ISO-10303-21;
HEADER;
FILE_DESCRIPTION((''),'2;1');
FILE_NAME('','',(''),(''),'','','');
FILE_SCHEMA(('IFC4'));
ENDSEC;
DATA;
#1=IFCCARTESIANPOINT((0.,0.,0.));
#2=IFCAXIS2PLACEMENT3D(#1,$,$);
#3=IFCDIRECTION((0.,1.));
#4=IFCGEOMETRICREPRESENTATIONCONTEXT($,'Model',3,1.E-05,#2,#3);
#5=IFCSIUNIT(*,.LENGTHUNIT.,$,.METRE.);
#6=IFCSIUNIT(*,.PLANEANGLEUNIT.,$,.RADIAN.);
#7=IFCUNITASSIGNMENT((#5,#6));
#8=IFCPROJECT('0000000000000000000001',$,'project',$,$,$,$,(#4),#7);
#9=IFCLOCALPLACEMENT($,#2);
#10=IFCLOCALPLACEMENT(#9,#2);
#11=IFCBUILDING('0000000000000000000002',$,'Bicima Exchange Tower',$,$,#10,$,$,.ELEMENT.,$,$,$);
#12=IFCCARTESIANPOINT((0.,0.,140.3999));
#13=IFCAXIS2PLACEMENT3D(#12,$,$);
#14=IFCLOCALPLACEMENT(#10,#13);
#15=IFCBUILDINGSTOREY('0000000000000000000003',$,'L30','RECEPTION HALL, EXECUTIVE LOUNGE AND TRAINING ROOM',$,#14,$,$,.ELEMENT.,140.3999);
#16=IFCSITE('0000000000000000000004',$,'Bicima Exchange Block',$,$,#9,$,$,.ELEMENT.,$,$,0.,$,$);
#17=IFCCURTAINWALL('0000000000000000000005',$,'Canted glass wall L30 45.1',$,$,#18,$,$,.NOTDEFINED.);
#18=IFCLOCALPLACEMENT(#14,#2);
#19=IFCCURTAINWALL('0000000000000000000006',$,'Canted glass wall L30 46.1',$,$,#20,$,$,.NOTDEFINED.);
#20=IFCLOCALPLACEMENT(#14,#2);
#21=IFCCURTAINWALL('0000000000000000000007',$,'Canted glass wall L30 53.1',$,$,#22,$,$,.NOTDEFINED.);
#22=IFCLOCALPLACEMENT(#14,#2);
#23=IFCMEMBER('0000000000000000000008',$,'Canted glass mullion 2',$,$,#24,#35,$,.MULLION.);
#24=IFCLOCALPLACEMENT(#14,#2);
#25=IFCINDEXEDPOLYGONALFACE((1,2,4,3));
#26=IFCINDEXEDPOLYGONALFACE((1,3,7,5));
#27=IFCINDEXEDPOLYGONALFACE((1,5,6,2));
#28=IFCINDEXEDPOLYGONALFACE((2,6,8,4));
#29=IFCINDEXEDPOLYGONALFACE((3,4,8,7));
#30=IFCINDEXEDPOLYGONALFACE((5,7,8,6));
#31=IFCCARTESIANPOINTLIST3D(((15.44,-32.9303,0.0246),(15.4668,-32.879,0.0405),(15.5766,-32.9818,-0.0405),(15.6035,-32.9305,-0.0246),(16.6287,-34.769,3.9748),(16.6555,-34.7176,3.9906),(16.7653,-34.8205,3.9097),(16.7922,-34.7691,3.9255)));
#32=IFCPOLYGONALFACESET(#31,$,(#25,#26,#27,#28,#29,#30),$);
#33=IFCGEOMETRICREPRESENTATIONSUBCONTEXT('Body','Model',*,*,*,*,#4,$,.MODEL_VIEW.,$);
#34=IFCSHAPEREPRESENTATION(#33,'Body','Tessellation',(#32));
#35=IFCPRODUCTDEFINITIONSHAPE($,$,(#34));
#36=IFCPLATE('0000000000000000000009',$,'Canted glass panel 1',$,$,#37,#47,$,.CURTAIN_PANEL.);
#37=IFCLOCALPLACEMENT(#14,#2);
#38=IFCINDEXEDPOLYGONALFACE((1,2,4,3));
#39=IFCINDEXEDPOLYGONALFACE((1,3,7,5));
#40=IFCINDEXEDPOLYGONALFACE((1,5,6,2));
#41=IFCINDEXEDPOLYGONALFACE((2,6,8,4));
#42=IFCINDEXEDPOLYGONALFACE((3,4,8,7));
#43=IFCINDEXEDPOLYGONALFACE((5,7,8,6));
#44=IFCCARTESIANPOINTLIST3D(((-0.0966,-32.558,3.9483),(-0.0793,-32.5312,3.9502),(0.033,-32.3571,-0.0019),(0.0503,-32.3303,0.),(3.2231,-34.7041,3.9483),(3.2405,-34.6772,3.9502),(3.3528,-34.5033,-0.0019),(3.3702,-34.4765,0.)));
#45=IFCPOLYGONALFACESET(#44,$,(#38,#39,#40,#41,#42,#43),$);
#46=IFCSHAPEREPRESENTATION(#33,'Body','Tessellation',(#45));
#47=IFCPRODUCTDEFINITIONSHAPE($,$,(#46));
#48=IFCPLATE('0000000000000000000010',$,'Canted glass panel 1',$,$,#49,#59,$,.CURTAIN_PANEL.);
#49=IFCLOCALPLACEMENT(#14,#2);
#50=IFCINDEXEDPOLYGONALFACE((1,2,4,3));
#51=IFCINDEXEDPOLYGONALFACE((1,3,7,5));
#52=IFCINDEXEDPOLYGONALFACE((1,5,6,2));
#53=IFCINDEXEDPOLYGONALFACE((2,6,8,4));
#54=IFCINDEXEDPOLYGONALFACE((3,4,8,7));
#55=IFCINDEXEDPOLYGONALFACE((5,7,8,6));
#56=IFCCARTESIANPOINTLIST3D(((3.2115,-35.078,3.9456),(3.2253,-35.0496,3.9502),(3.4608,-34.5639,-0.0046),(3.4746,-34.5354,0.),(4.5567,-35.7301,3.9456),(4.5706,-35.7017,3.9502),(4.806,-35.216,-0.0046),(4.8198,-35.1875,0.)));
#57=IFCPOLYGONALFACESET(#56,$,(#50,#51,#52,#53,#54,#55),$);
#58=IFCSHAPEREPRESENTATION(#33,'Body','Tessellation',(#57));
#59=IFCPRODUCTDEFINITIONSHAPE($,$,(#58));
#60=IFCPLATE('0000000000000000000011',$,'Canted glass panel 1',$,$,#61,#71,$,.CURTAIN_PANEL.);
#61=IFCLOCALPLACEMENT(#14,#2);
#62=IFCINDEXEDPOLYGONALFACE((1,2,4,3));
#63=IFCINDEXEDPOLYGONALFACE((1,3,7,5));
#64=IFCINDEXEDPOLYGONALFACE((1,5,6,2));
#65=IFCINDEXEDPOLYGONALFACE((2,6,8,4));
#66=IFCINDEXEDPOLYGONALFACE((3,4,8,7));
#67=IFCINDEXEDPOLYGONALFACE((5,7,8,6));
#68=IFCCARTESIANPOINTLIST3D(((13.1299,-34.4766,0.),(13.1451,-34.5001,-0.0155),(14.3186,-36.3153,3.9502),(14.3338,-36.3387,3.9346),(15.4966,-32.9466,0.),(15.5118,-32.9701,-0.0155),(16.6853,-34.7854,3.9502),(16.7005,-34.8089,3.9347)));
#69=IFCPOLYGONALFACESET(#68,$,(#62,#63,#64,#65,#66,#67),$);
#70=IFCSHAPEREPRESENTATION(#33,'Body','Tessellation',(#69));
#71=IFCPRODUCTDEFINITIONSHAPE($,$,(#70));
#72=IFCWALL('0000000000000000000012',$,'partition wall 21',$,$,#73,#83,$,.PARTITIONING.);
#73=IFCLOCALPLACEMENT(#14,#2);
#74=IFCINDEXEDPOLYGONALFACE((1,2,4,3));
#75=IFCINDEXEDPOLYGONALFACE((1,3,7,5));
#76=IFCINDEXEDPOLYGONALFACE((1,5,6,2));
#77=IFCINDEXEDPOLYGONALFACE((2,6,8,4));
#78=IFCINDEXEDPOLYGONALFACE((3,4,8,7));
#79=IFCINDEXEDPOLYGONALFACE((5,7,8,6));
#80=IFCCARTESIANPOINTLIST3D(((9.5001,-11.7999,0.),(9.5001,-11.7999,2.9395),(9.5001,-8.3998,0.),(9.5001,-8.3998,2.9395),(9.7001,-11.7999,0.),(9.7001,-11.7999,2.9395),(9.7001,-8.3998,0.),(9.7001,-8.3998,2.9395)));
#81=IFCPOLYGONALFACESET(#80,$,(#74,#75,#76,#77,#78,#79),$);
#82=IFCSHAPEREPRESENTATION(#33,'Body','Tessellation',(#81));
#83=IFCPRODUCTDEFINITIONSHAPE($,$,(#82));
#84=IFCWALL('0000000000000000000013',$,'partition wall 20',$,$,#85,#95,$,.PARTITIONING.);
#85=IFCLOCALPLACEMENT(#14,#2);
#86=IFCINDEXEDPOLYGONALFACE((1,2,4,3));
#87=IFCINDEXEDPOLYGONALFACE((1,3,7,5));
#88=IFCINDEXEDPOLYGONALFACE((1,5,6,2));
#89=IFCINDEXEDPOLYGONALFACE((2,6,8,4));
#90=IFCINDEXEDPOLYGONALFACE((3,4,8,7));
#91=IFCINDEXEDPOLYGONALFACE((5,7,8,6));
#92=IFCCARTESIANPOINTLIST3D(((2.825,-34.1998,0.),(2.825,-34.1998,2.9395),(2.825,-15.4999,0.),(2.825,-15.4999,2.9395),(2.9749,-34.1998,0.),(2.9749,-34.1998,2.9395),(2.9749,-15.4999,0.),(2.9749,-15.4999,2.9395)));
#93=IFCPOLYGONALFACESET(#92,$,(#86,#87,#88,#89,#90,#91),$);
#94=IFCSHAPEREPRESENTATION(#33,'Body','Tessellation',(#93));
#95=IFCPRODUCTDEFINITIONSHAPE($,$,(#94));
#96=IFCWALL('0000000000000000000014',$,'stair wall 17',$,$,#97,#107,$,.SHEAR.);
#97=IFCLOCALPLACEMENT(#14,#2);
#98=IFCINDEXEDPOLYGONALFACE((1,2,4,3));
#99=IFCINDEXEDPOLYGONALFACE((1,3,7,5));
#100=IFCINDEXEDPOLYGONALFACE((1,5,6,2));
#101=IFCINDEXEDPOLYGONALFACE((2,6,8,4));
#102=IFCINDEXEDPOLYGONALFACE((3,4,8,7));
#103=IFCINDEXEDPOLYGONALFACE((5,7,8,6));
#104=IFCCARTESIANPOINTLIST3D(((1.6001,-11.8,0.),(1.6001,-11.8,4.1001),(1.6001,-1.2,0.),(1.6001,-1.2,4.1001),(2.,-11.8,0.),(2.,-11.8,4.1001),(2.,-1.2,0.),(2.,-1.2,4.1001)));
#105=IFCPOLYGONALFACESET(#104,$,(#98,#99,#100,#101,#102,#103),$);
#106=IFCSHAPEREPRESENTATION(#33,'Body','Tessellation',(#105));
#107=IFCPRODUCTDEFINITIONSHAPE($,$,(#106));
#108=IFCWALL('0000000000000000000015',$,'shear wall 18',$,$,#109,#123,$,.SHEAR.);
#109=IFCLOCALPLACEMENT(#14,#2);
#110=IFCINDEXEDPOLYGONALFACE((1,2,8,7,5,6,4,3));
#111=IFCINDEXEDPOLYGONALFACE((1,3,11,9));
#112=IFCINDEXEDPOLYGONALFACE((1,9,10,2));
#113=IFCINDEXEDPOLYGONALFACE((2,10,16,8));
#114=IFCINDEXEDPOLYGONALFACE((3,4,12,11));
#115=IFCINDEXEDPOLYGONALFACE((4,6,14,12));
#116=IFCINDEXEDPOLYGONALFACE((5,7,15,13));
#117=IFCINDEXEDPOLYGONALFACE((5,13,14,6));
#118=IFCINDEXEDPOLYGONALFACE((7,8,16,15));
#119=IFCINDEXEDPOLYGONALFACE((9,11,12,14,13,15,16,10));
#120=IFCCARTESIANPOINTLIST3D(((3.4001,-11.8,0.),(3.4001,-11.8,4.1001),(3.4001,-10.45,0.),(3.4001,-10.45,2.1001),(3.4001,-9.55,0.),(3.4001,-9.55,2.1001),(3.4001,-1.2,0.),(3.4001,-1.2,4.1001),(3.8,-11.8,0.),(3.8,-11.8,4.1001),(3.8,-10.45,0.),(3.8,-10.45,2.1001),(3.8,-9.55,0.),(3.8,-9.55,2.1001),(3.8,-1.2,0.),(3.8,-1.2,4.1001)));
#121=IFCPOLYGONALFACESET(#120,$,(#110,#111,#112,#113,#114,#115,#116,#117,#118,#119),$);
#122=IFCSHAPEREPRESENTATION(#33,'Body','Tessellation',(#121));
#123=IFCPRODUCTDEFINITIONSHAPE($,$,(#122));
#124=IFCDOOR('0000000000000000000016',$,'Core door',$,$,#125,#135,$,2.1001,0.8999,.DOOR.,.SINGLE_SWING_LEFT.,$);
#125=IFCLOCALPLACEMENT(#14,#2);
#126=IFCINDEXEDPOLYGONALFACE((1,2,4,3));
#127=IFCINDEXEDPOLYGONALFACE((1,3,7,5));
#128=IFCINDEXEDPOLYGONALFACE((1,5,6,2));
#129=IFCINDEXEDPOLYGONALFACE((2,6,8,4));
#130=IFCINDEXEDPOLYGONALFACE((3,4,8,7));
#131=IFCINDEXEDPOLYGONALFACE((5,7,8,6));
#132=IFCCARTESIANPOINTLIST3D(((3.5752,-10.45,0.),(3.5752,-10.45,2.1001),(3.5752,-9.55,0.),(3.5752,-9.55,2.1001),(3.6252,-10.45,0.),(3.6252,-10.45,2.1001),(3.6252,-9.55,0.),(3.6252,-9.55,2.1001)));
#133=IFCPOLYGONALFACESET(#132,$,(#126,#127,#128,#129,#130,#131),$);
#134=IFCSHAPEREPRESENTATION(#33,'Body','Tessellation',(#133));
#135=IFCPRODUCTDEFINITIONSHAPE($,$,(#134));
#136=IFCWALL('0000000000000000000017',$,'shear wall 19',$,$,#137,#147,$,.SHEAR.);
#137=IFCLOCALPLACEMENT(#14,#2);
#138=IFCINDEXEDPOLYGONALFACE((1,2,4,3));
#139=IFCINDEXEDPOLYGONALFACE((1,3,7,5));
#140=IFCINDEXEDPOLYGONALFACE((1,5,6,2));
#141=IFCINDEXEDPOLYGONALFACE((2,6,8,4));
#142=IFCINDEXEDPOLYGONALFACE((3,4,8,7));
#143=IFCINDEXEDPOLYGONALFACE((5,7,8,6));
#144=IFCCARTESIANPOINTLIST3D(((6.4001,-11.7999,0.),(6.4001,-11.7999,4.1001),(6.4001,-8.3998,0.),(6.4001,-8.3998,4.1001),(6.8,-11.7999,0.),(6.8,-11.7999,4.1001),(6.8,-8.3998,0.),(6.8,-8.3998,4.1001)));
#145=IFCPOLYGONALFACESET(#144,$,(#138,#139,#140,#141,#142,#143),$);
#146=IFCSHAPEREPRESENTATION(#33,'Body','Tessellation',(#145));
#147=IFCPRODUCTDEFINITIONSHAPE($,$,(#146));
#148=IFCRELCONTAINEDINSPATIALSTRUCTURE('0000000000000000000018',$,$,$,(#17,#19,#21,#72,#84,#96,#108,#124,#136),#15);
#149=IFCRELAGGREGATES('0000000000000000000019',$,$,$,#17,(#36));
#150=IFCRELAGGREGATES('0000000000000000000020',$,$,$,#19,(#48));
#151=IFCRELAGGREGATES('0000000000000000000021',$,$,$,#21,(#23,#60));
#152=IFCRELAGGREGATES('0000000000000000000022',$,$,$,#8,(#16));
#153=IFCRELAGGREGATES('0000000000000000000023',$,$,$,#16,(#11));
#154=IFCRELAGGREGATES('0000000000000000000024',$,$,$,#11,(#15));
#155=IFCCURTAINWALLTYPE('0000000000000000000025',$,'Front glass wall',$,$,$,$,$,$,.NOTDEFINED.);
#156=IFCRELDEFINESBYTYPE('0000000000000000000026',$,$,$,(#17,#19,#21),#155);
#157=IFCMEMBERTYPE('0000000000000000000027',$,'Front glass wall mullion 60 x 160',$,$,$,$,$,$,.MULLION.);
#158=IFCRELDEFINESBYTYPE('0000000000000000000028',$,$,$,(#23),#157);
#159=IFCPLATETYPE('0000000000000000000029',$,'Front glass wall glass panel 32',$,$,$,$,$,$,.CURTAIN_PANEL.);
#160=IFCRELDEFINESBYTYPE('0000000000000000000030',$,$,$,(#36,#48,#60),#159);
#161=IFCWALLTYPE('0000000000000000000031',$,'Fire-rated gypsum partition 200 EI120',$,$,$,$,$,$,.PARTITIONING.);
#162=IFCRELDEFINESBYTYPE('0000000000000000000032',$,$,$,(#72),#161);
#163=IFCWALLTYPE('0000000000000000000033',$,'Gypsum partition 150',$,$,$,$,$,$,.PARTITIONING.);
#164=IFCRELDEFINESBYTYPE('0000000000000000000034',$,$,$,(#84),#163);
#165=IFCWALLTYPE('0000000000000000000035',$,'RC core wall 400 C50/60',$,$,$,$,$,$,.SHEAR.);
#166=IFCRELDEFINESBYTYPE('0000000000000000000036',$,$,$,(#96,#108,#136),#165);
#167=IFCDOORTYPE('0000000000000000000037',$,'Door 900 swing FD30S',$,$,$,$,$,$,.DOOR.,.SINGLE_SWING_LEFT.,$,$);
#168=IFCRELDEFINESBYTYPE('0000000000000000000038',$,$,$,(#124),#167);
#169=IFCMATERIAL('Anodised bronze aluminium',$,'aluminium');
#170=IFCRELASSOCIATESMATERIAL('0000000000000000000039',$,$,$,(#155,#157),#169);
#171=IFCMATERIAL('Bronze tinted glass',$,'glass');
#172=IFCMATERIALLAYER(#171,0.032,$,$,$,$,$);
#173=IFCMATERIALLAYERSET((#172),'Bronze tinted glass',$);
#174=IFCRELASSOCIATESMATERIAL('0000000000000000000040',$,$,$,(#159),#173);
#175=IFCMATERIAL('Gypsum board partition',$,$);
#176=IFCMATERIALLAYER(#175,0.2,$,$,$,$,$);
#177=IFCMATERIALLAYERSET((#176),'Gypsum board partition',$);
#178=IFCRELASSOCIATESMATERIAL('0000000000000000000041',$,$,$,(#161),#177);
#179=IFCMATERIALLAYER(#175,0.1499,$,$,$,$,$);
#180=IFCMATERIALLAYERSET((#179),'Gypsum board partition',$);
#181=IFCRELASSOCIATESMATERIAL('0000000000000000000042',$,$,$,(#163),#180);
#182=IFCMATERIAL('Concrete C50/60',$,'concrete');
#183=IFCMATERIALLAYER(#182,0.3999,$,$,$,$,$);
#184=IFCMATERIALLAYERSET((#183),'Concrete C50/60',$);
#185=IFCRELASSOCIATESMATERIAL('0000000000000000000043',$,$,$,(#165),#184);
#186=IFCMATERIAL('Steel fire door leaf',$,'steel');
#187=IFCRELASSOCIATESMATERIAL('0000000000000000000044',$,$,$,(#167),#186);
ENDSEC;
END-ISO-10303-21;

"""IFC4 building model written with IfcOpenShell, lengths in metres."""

from ifc_helpers import new_model, si_unit, direction, frame, frame_2d, origin, origin_2d, place, context, subcontext, project, spatial, polyline, rectangle, outline, extrude, material, layer, layer_set, material_profile, profile_set, type_object, element, fill, aggregate, save


model = new_model("IFC4")

# Units and contexts
model_context = context("Model", 3, precision=1e-05, world=origin(), true_north=direction((0.0, 1.0)))
body_context = subcontext(model_context, "Body", "Model", "MODEL_VIEW")
ifc_project = project(units=[si_unit("LENGTHUNIT", "METRE"), si_unit("PLANEANGLEUNIT", "RADIAN")], contexts=[model_context])

# Site, building, storey
site_placement = place(None, origin())
site = spatial("IfcSite", under=ifc_project, at=site_placement, Name="Bicima Exchange Block", CompositionType="ELEMENT", RefElevation=0.0)
building_placement = place(site_placement, origin())
building = spatial("IfcBuilding", under=site, at=building_placement, Name="Bicima Exchange Tower", CompositionType="ELEMENT")
storey_placement = place(building_placement, frame((0.0, 0.0, 140.3999)))
storey = spatial("IfcBuildingStorey", under=building, at=storey_placement, Name="L30", Description="RECEPTION HALL, EXECUTIVE LOUNGE AND TRAINING ROOM", CompositionType="ELEMENT", Elevation=140.3999)

# Shared definitions
ifc_material_1 = material(Name="Anodised bronze aluminium", Category="aluminium")
curtain_wall_type = type_object("IfcCurtainWallType", Name="Front glass wall", PredefinedType="NOTDEFINED", material=ifc_material_1)
ifc_material_profile_1 = material_profile(ifc_material_1, rectangle(XDim=0.1599, YDim=0.0601, at=origin_2d()))
ifc_profile_set_1 = profile_set([ifc_material_profile_1], Name="Anodised bronze aluminium")
member_type = type_object("IfcMemberType", Name="Front glass wall mullion 60 x 160", PredefinedType="MULLION", material=ifc_profile_set_1)

# Curtain wall
curtain_wall_1_placement = place(storey_placement, origin())
curtain_wall_1 = element("IfcCurtainWall", 1, at=curtain_wall_1_placement, inside=storey, type_object=curtain_wall_type, Name="Canted glass wall L30 45.1", PredefinedType="NOTDEFINED")

# Curtain wall
curtain_wall_2_placement = place(storey_placement, origin())
curtain_wall_2 = element("IfcCurtainWall", 2, at=curtain_wall_2_placement, inside=storey, type_object=curtain_wall_type, Name="Canted glass wall L30 46.1", PredefinedType="NOTDEFINED")

# Curtain wall, member
curtain_wall_3_placement = place(storey_placement, origin())
curtain_wall_3 = element("IfcCurtainWall", 3, at=curtain_wall_3_placement, inside=storey, type_object=curtain_wall_type, Name="Canted glass wall L30 53.1", PredefinedType="NOTDEFINED")
member_1_placement = place(storey_placement, frame((15.5217, -32.9304, 0.0), z_axis=(0.263202, -0.407102, 0.874639), x_axis=(-0.85471, 0.32207, 0.407113)))
member_1 = element("IfcMember", 4, at=member_1_placement, type_object=member_type, Name="Canted glass mullion 2", PredefinedType="MULLION", context=body_context, shape_type="SweptSolid", body=[
    extrude(rectangle(XDim=0.1599, YDim=0.0601, at=origin_2d()), origin(), (0.0, 0.0, 1.0), 4.5164),
])

# Plates
ifc_material_2 = material(Name="Bronze tinted glass", Category="glass")
ifc_layer_1 = layer(ifc_material_2, 0.032)
ifc_layer_set_1 = layer_set([ifc_layer_1], Name="Bronze tinted glass")
plate_type = type_object("IfcPlateType", Name="Front glass wall glass panel 32", PredefinedType="CURTAIN_PANEL", material=ifc_layer_set_1)
plate_1_placement = place(storey_placement, frame((0.0503, -32.3303, 0.0), z_axis=(0.541903, 0.838268, 0.060397), x_axis=(0.839801, -0.542894, 0.000002)))
plate_1 = element("IfcPlate", 5, at=plate_1_placement, type_object=plate_type, Name="Canted glass panel 1", PredefinedType="CURTAIN_PANEL", context=body_context, shape_type="SweptSolid", body=[
    extrude(outline(polyline([(0.0, 0.0), (3.9532, 0.0), (3.9533, -3.9574), (0.0002, -3.9574), (0.0, 0.0)])), origin(), (0.0, 0.0, -1.0), 0.032),
])
aggregate(curtain_wall_1, [plate_1])
plate_2_placement = place(storey_placement, frame((3.4746, -34.5354, 0.0), z_axis=(0.431712, 0.890578, 0.14316), x_axis=(0.899847, -0.436205, 0.0)))
plate_2 = element("IfcPlate", 6, at=plate_2_placement, type_object=plate_type, Name="Canted glass panel 1", PredefinedType="CURTAIN_PANEL", context=body_context, shape_type="SweptSolid", body=[
    extrude(outline(polyline([(0.0, 0.0), (1.4949, 0.0), (1.4949, -3.9913), (0.0, -3.9913), (0.0, 0.0)])), origin(), (0.0, 0.0, -1.0), 0.032),
])
aggregate(curtain_wall_2, [plate_2])
plate_3_placement = place(storey_placement, frame((13.1299, -34.4766, 0.0), z_axis=(-0.474818, 0.734523, 0.484793), x_axis=(0.839806, 0.542887, -0.000015)))
plate_3 = element("IfcPlate", 7, at=plate_3_placement, type_object=plate_type, Name="Canted glass panel 1", PredefinedType="CURTAIN_PANEL", context=body_context, shape_type="SweptSolid", body=[
    extrude(outline(polyline([(0.0, 0.0), (2.8182, 0.0), (2.8181, -4.5165), (0.0001, -4.5164), (0.0, 0.0)])), origin(), (0.0, 0.0, -1.0), 0.032),
])
aggregate(curtain_wall_3, [member_1, plate_3])

# Walls
ifc_material_3 = material(Name="Gypsum board partition")
ifc_layer_2 = layer(ifc_material_3, 0.2)
ifc_layer_set_2 = layer_set([ifc_layer_2], Name="Gypsum board partition")
wall_type_1 = type_object("IfcWallType", Name="Fire-rated gypsum partition 200 EI120", PredefinedType="PARTITIONING", material=ifc_layer_set_2)
wall_1_placement = place(storey_placement, frame((9.6001, -11.8, 0.0), z_axis=(0.0, 0.0, 1.0), x_axis=(0.0, 1.0, 0.0)))
element("IfcWall", 8, at=wall_1_placement, inside=storey, type_object=wall_type_1, Name="partition wall 21", PredefinedType="PARTITIONING", context=body_context, shape_type="SweptSolid", body=[
    extrude(rectangle(XDim=3.4001, YDim=0.2, at=frame_2d((1.7002, 0.0))), origin(), (0.0, 0.0, 1.0), 2.9395),
])
ifc_layer_3 = layer(ifc_material_3, 0.1499)
ifc_layer_set_3 = layer_set([ifc_layer_3], Name="Gypsum board partition")
wall_type_2 = type_object("IfcWallType", Name="Gypsum partition 150", PredefinedType="PARTITIONING", material=ifc_layer_set_3)
wall_2_placement = place(storey_placement, frame((2.8999, -34.2, 0.0), z_axis=(0.0, 0.0, 1.0), x_axis=(0.0, 1.0, 0.0)))
element("IfcWall", 9, at=wall_2_placement, inside=storey, type_object=wall_type_2, Name="partition wall 20", PredefinedType="PARTITIONING", context=body_context, shape_type="SweptSolid", body=[
    extrude(rectangle(XDim=18.7, YDim=0.1499, at=frame_2d((9.3501, 0.0))), origin(), (0.0, 0.0, 1.0), 2.9395),
])
ifc_material_4 = material(Name="Concrete C50/60", Category="concrete")
ifc_layer_4 = layer(ifc_material_4, 0.3999)
ifc_layer_set_4 = layer_set([ifc_layer_4], Name="Concrete C50/60")
wall_type_3 = type_object("IfcWallType", Name="RC core wall 400 C50/60", PredefinedType="SHEAR", material=ifc_layer_set_4)
wall_3_placement = place(storey_placement, frame((1.8, -11.8, 0.0), z_axis=(0.0, 0.0, 1.0), x_axis=(0.0, 1.0, 0.0)))
element("IfcWall", 10, at=wall_3_placement, inside=storey, type_object=wall_type_3, Name="stair wall 17", PredefinedType="SHEAR", context=body_context, shape_type="SweptSolid", body=[
    extrude(rectangle(XDim=10.6001, YDim=0.3999, at=frame_2d((5.3, 0.0))), origin(), (0.0, 0.0, 1.0), 4.1001),
])

# Wall, opening, door
wall_4_placement = place(storey_placement, frame((3.6001, -11.8, 0.0), z_axis=(0.0, 0.0, 1.0), x_axis=(0.0, 1.0, 0.0)))
wall_4 = element("IfcWall", 11, at=wall_4_placement, inside=storey, type_object=wall_type_3, Name="shear wall 18", PredefinedType="SHEAR", context=body_context, shape_type="SweptSolid", body=[
    extrude(rectangle(XDim=10.6001, YDim=0.3999, at=frame_2d((5.3, 0.0))), origin(), (0.0, 0.0, 1.0), 4.1001),
])
opening_1_placement = place(wall_4_placement, frame((1.3501, 0.0, 0.0)))
opening_1 = element("IfcOpeningElement", 12, at=opening_1_placement, cuts=wall_4, PredefinedType="OPENING", context=body_context, shape_type="SweptSolid", body=[
    extrude(rectangle(XDim=0.8999, YDim=2.1001, at=frame_2d((0.45, 1.05))), frame((0.0, 0.2119, 0.0), z_axis=(0.0, -1.0, 0.0), x_axis=(1.0, 0.0, 0.0)), (0.0, 0.0, 1.0), 0.4238),
])
ifc_material_5 = material(Name="Steel fire door leaf", Category="steel")
door_type_1 = type_object("IfcDoorType", Name="Door 900 swing FD30S", OperationType="SINGLE_SWING_LEFT", PredefinedType="DOOR", material=ifc_material_5)
door_1_placement = place(opening_1_placement, origin())
door_1 = element("IfcDoor", 13, at=door_1_placement, inside=storey, type_object=door_type_1, Name="Core door", OperationType="SINGLE_SWING_LEFT", OverallHeight=2.1001, OverallWidth=0.8999, PredefinedType="DOOR", context=body_context, shape_type="SweptSolid", body=[
    extrude(rectangle(XDim=0.8999, YDim=2.1001, at=frame_2d((0.45, 1.05))), frame((0.0, 0.0249, 0.0), z_axis=(0.0, -1.0, 0.0), x_axis=(1.0, 0.0, 0.0)), (0.0, 0.0, 1.0), 0.05),
])
fill(opening_1, door_1)

# Wall
wall_5_placement = place(storey_placement, frame((6.6001, -11.8, 0.0), z_axis=(0.0, 0.0, 1.0), x_axis=(0.0, 1.0, 0.0)))
element("IfcWall", 14, at=wall_5_placement, inside=storey, type_object=wall_type_3, Name="shear wall 19", PredefinedType="SHEAR", context=body_context, shape_type="SweptSolid", body=[
    extrude(rectangle(XDim=3.4001, YDim=0.3999, at=frame_2d((1.7002, 0.0))), origin(), (0.0, 0.0, 1.0), 4.1001),
])

save(model, "model.ifc")
